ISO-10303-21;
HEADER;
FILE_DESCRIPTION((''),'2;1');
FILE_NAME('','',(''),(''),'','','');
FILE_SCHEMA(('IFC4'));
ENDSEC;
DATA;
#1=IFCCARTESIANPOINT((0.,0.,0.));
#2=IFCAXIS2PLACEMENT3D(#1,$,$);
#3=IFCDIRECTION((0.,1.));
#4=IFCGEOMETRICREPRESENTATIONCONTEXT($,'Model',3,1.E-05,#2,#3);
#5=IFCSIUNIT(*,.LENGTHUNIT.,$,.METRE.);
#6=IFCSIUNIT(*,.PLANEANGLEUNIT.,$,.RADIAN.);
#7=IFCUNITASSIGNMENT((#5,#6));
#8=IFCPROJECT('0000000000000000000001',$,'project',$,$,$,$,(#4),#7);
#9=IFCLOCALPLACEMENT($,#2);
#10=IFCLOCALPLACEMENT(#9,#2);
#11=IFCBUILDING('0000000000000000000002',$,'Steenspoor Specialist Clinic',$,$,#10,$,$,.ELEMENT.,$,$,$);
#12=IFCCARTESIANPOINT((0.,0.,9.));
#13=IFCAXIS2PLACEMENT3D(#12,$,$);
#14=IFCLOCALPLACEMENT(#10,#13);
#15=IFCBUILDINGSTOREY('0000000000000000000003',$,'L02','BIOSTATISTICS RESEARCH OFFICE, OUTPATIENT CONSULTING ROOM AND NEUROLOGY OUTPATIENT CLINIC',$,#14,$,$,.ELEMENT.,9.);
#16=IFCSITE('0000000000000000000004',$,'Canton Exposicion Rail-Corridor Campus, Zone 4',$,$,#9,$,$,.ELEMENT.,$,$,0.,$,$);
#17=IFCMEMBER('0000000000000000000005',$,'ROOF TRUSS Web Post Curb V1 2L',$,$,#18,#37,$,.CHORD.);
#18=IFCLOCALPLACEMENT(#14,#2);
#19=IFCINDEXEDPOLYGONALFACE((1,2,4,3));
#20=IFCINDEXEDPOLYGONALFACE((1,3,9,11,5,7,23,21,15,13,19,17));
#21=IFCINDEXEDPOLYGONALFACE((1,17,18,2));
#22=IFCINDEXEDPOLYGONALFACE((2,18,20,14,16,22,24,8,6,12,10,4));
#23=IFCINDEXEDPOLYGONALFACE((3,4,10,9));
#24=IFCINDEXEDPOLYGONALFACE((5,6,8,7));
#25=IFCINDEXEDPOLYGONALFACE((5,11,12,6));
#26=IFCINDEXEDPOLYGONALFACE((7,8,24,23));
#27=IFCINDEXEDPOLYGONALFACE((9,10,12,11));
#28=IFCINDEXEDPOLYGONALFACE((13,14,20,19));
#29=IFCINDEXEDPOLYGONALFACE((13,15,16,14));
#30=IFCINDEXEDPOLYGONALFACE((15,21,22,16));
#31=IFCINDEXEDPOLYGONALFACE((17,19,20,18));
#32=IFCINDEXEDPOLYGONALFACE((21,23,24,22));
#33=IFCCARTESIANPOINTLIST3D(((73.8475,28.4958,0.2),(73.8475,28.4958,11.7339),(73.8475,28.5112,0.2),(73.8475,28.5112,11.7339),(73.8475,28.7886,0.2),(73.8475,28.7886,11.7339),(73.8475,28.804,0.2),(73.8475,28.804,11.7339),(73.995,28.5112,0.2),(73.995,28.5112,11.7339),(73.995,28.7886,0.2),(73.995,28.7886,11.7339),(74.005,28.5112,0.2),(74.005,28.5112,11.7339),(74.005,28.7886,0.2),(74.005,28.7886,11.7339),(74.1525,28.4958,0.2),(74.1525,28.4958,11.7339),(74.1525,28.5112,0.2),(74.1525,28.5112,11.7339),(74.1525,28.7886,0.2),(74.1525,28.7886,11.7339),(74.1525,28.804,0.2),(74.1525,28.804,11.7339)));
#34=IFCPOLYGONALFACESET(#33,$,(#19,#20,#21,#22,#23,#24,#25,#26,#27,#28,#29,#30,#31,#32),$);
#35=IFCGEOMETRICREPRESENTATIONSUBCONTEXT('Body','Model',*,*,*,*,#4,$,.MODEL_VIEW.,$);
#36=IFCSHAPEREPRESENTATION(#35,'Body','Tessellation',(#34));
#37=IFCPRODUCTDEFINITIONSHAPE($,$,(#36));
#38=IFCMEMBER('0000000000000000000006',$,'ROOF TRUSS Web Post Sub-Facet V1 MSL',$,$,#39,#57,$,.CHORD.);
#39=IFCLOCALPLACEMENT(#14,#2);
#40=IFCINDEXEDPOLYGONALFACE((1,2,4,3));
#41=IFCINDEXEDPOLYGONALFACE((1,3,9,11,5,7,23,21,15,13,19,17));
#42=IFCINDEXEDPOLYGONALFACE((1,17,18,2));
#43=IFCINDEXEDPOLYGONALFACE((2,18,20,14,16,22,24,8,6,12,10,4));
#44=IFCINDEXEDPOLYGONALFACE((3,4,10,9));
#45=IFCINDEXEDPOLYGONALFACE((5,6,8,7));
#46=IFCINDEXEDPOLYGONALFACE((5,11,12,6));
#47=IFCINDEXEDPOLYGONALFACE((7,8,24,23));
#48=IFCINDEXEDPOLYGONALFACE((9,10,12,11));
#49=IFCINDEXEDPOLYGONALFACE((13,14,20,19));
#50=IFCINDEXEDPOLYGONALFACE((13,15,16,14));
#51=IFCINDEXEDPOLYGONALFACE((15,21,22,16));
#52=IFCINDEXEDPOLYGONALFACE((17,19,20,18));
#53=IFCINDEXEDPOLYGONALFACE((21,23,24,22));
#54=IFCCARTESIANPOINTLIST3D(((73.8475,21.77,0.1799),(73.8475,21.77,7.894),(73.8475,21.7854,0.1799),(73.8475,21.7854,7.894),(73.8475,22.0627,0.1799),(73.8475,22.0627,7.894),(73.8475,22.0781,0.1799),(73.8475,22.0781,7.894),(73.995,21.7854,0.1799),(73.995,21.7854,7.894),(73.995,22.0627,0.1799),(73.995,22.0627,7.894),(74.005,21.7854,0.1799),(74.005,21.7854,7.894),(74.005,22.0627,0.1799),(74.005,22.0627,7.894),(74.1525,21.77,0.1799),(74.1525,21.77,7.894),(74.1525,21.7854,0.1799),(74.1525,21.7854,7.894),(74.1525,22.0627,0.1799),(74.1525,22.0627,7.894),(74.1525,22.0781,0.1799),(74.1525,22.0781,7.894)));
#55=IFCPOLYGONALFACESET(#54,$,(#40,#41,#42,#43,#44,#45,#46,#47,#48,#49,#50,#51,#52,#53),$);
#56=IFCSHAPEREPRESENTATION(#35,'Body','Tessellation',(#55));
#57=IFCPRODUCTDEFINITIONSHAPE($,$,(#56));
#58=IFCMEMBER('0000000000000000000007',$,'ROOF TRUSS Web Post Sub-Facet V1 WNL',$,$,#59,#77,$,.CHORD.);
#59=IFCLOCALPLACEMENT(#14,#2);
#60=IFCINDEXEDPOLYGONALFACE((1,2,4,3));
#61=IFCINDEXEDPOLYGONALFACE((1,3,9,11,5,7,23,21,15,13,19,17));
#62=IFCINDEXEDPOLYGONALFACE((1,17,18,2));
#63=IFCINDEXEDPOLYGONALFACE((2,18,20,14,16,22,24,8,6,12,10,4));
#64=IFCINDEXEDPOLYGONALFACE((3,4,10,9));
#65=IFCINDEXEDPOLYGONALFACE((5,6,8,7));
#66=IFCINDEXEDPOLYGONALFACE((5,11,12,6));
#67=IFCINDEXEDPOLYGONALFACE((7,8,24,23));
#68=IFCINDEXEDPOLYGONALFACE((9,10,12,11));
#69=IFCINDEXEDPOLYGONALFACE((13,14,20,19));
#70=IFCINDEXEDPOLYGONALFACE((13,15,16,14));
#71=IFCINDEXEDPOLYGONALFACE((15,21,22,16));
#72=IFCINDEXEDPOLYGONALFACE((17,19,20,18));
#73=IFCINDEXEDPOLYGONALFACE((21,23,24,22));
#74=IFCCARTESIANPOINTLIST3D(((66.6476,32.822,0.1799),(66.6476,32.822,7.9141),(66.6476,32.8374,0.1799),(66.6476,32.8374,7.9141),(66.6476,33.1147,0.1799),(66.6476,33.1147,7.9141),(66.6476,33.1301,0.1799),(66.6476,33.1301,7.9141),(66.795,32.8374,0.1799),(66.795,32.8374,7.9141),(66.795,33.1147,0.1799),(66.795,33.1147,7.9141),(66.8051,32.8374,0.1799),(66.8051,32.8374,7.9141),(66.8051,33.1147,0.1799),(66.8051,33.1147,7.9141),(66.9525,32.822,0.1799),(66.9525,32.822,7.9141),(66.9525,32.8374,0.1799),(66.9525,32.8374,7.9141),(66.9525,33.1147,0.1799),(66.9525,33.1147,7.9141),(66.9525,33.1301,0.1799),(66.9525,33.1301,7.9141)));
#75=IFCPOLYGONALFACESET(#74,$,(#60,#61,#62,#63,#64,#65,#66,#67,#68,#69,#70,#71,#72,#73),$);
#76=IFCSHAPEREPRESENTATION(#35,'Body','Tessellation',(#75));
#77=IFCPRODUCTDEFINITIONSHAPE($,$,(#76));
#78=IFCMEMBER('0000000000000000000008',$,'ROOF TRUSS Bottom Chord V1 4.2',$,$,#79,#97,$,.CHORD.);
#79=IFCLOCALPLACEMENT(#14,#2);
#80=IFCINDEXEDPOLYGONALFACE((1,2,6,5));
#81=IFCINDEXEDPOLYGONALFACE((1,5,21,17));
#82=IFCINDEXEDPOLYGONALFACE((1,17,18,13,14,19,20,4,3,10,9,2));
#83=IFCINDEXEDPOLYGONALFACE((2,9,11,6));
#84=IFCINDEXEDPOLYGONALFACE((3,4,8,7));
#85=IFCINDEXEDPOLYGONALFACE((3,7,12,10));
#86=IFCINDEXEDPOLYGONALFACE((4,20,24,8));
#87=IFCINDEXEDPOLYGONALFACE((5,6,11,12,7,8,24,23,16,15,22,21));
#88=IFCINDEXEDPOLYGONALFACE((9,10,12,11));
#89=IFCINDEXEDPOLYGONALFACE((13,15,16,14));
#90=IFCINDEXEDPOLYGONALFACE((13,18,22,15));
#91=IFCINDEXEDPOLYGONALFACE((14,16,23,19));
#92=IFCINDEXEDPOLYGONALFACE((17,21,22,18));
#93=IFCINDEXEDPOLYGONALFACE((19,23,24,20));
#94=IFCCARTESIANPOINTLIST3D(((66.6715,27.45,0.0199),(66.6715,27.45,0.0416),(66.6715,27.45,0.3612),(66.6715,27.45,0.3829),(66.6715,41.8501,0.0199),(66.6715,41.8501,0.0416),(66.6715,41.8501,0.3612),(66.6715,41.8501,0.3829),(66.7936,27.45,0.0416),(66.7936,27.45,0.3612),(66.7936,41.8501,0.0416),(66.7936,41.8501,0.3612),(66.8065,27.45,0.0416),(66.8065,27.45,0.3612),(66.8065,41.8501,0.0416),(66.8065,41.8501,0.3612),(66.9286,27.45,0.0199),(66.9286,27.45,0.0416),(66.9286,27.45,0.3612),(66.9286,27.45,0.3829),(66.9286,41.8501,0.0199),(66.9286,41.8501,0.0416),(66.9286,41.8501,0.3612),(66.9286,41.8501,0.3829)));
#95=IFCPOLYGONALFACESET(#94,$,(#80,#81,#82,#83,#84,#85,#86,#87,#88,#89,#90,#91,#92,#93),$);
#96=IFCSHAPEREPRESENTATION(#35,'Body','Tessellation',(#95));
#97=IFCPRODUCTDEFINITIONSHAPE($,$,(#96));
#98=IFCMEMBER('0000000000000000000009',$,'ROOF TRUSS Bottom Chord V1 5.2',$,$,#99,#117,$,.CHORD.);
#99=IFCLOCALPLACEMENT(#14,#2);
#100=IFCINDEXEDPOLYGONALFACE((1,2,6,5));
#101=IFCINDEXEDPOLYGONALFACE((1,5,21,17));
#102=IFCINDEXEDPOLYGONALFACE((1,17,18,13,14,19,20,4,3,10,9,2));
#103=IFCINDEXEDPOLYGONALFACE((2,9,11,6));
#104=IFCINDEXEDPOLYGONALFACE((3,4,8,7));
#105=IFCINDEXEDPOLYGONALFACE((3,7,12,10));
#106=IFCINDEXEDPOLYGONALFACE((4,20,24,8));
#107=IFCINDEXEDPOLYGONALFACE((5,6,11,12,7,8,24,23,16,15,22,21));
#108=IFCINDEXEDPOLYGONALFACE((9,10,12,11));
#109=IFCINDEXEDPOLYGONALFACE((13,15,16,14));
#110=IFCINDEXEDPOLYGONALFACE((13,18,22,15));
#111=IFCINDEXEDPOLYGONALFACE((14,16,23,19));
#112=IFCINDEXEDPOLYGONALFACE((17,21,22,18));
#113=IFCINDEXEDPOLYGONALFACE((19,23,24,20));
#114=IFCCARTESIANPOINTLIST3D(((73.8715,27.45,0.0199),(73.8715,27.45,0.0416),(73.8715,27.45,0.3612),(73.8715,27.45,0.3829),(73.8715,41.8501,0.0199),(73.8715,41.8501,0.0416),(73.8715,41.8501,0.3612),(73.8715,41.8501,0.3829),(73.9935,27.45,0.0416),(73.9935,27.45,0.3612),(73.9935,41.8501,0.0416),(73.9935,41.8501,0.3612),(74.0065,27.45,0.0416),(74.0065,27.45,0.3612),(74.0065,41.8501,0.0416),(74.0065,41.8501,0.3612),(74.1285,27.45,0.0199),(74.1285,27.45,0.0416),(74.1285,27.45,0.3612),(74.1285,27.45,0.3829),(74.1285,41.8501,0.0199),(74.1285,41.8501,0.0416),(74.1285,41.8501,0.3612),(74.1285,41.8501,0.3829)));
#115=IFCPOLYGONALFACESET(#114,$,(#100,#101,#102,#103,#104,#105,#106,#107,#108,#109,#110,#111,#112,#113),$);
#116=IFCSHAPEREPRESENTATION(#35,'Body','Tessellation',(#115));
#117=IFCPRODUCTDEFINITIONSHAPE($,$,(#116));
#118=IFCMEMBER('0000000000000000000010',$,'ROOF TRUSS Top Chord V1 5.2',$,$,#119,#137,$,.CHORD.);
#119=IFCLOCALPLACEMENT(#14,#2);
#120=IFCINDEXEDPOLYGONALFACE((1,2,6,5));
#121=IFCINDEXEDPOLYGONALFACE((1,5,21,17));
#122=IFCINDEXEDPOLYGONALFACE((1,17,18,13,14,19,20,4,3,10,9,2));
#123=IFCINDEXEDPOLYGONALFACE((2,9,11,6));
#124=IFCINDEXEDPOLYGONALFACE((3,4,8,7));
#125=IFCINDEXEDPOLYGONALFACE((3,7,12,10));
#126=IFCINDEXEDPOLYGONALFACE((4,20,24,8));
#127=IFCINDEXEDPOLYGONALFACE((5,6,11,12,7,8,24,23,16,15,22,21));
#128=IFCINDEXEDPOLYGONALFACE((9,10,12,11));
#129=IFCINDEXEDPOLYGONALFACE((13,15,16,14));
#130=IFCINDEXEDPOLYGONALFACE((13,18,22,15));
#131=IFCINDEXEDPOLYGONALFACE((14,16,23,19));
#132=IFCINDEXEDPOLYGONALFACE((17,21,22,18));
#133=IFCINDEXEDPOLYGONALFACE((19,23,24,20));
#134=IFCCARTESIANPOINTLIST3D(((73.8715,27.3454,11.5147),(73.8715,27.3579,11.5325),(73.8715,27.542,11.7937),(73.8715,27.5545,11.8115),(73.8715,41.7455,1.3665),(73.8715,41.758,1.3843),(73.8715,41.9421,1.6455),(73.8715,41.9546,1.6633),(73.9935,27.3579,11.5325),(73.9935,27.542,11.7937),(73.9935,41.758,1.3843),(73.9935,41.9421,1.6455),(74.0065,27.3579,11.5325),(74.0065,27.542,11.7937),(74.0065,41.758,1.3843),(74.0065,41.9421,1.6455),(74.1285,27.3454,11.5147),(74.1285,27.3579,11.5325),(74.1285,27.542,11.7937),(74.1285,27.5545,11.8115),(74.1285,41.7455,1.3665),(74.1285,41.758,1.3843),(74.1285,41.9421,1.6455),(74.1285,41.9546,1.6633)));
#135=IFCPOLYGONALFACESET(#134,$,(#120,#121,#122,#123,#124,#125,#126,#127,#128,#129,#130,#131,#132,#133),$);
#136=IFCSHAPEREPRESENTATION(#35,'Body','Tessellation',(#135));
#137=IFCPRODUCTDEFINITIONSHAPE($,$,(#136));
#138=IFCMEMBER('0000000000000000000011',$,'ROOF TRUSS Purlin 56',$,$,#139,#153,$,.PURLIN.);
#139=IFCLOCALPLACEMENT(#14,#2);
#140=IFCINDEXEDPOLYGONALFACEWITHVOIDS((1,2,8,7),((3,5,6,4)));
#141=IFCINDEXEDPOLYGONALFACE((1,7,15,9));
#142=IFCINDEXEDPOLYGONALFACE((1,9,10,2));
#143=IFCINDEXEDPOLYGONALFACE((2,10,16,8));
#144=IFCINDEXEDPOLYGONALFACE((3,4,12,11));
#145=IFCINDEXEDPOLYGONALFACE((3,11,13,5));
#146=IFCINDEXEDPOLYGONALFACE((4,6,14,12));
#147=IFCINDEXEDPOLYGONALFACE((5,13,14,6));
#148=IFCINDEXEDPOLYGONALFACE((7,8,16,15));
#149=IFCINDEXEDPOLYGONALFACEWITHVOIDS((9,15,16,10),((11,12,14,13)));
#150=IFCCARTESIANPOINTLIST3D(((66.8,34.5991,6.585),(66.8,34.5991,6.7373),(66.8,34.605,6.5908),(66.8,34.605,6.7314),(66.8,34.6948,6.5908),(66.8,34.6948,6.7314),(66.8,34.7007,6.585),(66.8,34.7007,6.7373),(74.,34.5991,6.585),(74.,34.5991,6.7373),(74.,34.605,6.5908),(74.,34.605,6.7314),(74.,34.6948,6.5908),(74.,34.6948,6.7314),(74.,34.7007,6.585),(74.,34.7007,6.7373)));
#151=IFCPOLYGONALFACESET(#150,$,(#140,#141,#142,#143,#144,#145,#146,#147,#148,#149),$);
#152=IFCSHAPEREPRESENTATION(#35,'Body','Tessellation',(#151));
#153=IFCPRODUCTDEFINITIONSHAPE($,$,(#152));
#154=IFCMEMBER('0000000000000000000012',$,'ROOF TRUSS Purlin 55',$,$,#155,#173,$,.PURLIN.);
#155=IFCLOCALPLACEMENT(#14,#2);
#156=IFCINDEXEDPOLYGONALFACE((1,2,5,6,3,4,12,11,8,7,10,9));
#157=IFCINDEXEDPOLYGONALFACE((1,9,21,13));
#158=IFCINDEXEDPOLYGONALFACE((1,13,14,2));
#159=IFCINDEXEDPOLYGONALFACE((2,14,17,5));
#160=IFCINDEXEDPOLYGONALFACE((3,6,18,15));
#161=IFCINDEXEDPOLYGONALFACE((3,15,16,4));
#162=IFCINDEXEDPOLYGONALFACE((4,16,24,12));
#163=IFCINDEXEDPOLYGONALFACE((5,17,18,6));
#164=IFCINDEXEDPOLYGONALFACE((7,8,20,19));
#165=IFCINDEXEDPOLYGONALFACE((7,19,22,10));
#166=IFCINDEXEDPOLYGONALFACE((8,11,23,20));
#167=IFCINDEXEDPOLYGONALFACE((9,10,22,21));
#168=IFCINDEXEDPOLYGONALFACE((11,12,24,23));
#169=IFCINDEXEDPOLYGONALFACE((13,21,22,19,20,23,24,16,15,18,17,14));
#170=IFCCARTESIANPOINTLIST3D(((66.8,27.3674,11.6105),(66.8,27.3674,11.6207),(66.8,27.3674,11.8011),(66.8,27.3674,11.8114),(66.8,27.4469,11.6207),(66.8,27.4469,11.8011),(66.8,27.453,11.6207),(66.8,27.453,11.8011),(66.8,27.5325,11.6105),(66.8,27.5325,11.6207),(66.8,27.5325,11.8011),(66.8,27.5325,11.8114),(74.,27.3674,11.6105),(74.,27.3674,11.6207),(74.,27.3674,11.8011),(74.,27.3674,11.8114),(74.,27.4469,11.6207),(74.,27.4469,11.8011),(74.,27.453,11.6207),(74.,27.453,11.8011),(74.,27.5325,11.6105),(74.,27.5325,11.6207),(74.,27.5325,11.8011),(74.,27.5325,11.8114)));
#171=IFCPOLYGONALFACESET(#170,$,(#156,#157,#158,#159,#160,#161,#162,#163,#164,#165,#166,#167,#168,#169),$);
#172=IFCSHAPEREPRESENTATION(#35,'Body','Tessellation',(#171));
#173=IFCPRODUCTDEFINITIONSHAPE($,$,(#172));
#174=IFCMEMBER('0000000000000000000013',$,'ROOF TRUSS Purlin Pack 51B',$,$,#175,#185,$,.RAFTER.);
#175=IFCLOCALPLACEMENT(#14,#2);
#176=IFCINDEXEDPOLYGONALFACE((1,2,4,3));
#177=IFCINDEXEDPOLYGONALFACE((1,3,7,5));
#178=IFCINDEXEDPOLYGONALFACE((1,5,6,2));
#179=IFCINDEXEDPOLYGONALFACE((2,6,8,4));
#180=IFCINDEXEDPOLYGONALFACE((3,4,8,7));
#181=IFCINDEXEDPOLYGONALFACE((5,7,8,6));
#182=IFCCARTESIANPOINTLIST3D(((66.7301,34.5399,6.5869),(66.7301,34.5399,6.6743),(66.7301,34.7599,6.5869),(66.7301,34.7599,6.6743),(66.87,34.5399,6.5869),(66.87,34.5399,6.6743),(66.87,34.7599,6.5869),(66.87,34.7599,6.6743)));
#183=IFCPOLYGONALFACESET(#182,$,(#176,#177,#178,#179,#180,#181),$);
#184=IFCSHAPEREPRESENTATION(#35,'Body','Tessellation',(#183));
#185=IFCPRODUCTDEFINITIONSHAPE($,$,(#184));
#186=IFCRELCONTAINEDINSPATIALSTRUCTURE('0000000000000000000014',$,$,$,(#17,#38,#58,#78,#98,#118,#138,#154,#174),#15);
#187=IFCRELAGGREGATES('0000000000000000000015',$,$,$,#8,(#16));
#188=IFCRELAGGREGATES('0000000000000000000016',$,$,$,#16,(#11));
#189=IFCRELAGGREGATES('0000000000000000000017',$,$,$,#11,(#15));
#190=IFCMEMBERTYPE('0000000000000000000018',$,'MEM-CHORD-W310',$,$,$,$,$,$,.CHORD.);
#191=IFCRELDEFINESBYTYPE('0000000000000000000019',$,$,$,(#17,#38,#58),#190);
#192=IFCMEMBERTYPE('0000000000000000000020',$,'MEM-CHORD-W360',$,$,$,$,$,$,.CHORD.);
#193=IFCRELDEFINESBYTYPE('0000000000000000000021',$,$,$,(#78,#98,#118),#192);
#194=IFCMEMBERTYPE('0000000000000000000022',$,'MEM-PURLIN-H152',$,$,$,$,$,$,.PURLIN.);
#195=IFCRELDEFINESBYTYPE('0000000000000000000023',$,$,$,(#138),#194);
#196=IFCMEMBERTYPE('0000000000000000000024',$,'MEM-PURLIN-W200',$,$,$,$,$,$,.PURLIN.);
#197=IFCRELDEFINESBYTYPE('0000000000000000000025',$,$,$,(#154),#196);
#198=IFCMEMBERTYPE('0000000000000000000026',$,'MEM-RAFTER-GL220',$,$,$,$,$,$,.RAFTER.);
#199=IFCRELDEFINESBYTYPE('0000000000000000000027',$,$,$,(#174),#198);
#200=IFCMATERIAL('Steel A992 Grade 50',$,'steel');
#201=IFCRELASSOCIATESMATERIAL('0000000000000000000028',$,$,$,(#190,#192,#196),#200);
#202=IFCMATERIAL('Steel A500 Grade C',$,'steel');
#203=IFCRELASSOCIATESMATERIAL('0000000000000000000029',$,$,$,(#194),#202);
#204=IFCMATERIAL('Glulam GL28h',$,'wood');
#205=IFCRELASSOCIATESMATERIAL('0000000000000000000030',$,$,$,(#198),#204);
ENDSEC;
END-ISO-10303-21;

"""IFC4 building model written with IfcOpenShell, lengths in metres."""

from ifc_helpers import new_model, si_unit, direction, frame, origin, origin_2d, place, context, subcontext, project, spatial, rectangle, hollow_rectangle, i_section, extrude, material, material_profile, profile_set, type_object, element, save


model = new_model("IFC4")

# Units and contexts
model_context = context("Model", 3, precision=1e-05, world=origin(), true_north=direction((0.0, 1.0)))
body_context = subcontext(model_context, "Body", "Model", "MODEL_VIEW")
ifc_project = project(units=[si_unit("LENGTHUNIT", "METRE"), si_unit("PLANEANGLEUNIT", "RADIAN")], contexts=[model_context])

# Site, building, storey
site_placement = place(None, origin())
site = spatial("IfcSite", under=ifc_project, at=site_placement, Name="Canton Exposicion Rail-Corridor Campus, Zone 4", CompositionType="ELEMENT", RefElevation=0.0)
building_placement = place(site_placement, origin())
building = spatial("IfcBuilding", under=site, at=building_placement, Name="Steenspoor Specialist Clinic", CompositionType="ELEMENT")
storey_placement = place(building_placement, frame((0.0, 0.0, 9.0)))
storey = spatial("IfcBuildingStorey", under=building, at=storey_placement, Name="L02", Description="BIOSTATISTICS RESEARCH OFFICE, OUTPATIENT CONSULTING ROOM AND NEUROLOGY OUTPATIENT CLINIC", CompositionType="ELEMENT", Elevation=9.0)

# Shared definitions
ifc_material_1 = material(Name="Steel A992 Grade 50", Category="steel")

# Members
ifc_material_2 = material(Name="Steel A500 Grade C", Category="steel")
ifc_material_profile_1 = material_profile(ifc_material_1, i_section(OverallWidth=0.3049, OverallDepth=0.3081, WebThickness=0.01, FlangeThickness=0.0154, at=origin_2d()), Name="W310X97")
ifc_profile_set_1 = profile_set([ifc_material_profile_1], Name="Steel A992 Grade 50")
member_type_1 = type_object("IfcMemberType", Name="MEM-CHORD-W310", PredefinedType="CHORD", material=ifc_profile_set_1)
for number, where, z_axis, x_axis, name in (
    (1, (74.0, 28.6499, 0.2), (0.0, 0.0, 1.0), (1.0, 0.0, 0.0), "ROOF TRUSS Web Post Curb V1 2L"),
):
    element("IfcMember", number, at=place(storey_placement, frame(where, z_axis=z_axis, x_axis=x_axis)), inside=storey, type_object=member_type_1, Name=name, PredefinedType="CHORD", context=body_context, shape_type="SweptSolid", body=[
        extrude(i_section(OverallWidth=0.3049, OverallDepth=0.3081, WebThickness=0.01, FlangeThickness=0.0154, at=origin_2d()), origin(), (0.0, 0.0, 1.0), 11.5339),
    ])
member_1_placement = place(storey_placement, frame((74.0, 21.9241, 0.1799), z_axis=(0.0, 0.0, 1.0), x_axis=(1.0, 0.0, 0.0)))
element("IfcMember", 2, at=member_1_placement, inside=storey, type_object=member_type_1, Name="ROOF TRUSS Web Post Sub-Facet V1 MSL", PredefinedType="CHORD", context=body_context, shape_type="SweptSolid", body=[
    extrude(i_section(OverallWidth=0.3049, OverallDepth=0.3081, WebThickness=0.01, FlangeThickness=0.0154, at=origin_2d()), origin(), (0.0, 0.0, 1.0), 7.7141),
])
member_2_placement = place(storey_placement, frame((66.8, 32.9761, 0.1799), z_axis=(0.0, 0.0, 1.0), x_axis=(1.0, 0.0, 0.0)))
element("IfcMember", 3, at=member_2_placement, inside=storey, type_object=member_type_1, Name="ROOF TRUSS Web Post Sub-Facet V1 WNL", PredefinedType="CHORD", context=body_context, shape_type="SweptSolid", body=[
    extrude(i_section(OverallWidth=0.3049, OverallDepth=0.3081, WebThickness=0.01, FlangeThickness=0.0154, at=origin_2d()), origin(), (0.0, 0.0, 1.0), 7.7341),
])
ifc_material_profile_2 = material_profile(ifc_material_1, i_section(OverallWidth=0.2571, OverallDepth=0.363, WebThickness=0.0129, FlangeThickness=0.0217, at=origin_2d()), Name="W360X122")
ifc_profile_set_2 = profile_set([ifc_material_profile_2], Name="Steel A992 Grade 50")
member_type_2 = type_object("IfcMemberType", Name="MEM-CHORD-W360", PredefinedType="CHORD", material=ifc_profile_set_2)
for number, where, z_axis, x_axis, name in (
    (4, (66.8, 27.45, 0.2014), (0.0, 1.0, 0.0), (-1.0, 0.0, 0.0), "ROOF TRUSS Bottom Chord V1 4.2"),
    (5, (74.0, 27.45, 0.2014), (0.0, 1.0, 0.0), (-1.0, 0.0, 0.0), "ROOF TRUSS Bottom Chord V1 5.2"),
):
    element("IfcMember", number, at=place(storey_placement, frame(where, z_axis=z_axis, x_axis=x_axis)), inside=storey, type_object=member_type_2, Name=name, PredefinedType="CHORD", context=body_context, shape_type="SweptSolid", body=[
        extrude(i_section(OverallWidth=0.2571, OverallDepth=0.363, WebThickness=0.0129, FlangeThickness=0.0217, at=origin_2d()), origin(), (0.0, 0.0, 1.0), 14.4001),
    ])
member_3_placement = place(storey_placement, frame((74.0, 27.45, 11.6631), z_axis=(0.0, 0.817412, -0.576054), x_axis=(-1.0, 0.0, 0.0)))
element("IfcMember", 6, at=member_3_placement, inside=storey, type_object=member_type_2, Name="ROOF TRUSS Top Chord V1 5.2", PredefinedType="CHORD", context=body_context, shape_type="SweptSolid", body=[
    extrude(i_section(OverallWidth=0.2571, OverallDepth=0.363, WebThickness=0.0129, FlangeThickness=0.0217, at=origin_2d()), origin(), (0.0, 0.0, 1.0), 17.6167),
])
ifc_material_profile_3 = material_profile(ifc_material_2, hollow_rectangle(XDim=0.1016, YDim=0.1523, WallThickness=0.0059, at=origin_2d()), Name="HSS152X102X6.4")
ifc_profile_set_3 = profile_set([ifc_material_profile_3], Name="Steel A500 Grade C")
member_type_3 = type_object("IfcMemberType", Name="MEM-PURLIN-H152", PredefinedType="PURLIN", material=ifc_profile_set_3)
member_4_placement = place(storey_placement, frame((66.8, 34.6499, 6.6611), z_axis=(1.0, 0.0, 0.0), x_axis=(0.0, 1.0, 0.0)))
element("IfcMember", 7, at=member_4_placement, inside=storey, type_object=member_type_3, Name="ROOF TRUSS Purlin 56", PredefinedType="PURLIN", context=body_context, shape_type="SweptSolid", body=[
    extrude(hollow_rectangle(XDim=0.1016, YDim=0.1523, WallThickness=0.0059, at=origin_2d()), origin(), (0.0, 0.0, 1.0), 7.2),
])
ifc_material_profile_4 = material_profile(ifc_material_1, i_section(OverallWidth=0.165, OverallDepth=0.2009, WebThickness=0.0061, FlangeThickness=0.0103, at=origin_2d()), Name="W200X36")
ifc_profile_set_4 = profile_set([ifc_material_profile_4], Name="Steel A992 Grade 50")
member_type_4 = type_object("IfcMemberType", Name="MEM-PURLIN-W200", PredefinedType="PURLIN", material=ifc_profile_set_4)
member_5_placement = place(storey_placement, frame((66.8, 27.45, 11.7109), z_axis=(1.0, 0.0, 0.0), x_axis=(0.0, 1.0, 0.0)))
element("IfcMember", 8, at=member_5_placement, inside=storey, type_object=member_type_4, Name="ROOF TRUSS Purlin 55", PredefinedType="PURLIN", context=body_context, shape_type="SweptSolid", body=[
    extrude(i_section(OverallWidth=0.165, OverallDepth=0.2009, WebThickness=0.0061, FlangeThickness=0.0103, at=origin_2d()), origin(), (0.0, 0.0, 1.0), 7.2),
])
ifc_material_3 = material(Name="Glulam GL28h", Category="wood")
ifc_material_profile_5 = material_profile(ifc_material_3, rectangle(XDim=0.1399, YDim=0.22, at=origin_2d()), Name="GL28H-140X220")
ifc_profile_set_5 = profile_set([ifc_material_profile_5], Name="Glulam GL28h")
member_type_5 = type_object("IfcMemberType", Name="MEM-RAFTER-GL220", PredefinedType="RAFTER", material=ifc_profile_set_5)
for number, where, z_axis, x_axis, name in (
    (9, (66.8, 34.6499, 6.5869), (0.0, 0.0, 1.0), (1.0, 0.0, 0.0), "ROOF TRUSS Purlin Pack 51B"),
):
    element("IfcMember", number, at=place(storey_placement, frame(where, z_axis=z_axis, x_axis=x_axis)), inside=storey, type_object=member_type_5, Name=name, PredefinedType="RAFTER", context=body_context, shape_type="SweptSolid", body=[
        extrude(rectangle(XDim=0.1399, YDim=0.22, at=origin_2d()), origin(), (0.0, 0.0, 1.0), 0.0874),
    ])

save(model, "model.ifc")
